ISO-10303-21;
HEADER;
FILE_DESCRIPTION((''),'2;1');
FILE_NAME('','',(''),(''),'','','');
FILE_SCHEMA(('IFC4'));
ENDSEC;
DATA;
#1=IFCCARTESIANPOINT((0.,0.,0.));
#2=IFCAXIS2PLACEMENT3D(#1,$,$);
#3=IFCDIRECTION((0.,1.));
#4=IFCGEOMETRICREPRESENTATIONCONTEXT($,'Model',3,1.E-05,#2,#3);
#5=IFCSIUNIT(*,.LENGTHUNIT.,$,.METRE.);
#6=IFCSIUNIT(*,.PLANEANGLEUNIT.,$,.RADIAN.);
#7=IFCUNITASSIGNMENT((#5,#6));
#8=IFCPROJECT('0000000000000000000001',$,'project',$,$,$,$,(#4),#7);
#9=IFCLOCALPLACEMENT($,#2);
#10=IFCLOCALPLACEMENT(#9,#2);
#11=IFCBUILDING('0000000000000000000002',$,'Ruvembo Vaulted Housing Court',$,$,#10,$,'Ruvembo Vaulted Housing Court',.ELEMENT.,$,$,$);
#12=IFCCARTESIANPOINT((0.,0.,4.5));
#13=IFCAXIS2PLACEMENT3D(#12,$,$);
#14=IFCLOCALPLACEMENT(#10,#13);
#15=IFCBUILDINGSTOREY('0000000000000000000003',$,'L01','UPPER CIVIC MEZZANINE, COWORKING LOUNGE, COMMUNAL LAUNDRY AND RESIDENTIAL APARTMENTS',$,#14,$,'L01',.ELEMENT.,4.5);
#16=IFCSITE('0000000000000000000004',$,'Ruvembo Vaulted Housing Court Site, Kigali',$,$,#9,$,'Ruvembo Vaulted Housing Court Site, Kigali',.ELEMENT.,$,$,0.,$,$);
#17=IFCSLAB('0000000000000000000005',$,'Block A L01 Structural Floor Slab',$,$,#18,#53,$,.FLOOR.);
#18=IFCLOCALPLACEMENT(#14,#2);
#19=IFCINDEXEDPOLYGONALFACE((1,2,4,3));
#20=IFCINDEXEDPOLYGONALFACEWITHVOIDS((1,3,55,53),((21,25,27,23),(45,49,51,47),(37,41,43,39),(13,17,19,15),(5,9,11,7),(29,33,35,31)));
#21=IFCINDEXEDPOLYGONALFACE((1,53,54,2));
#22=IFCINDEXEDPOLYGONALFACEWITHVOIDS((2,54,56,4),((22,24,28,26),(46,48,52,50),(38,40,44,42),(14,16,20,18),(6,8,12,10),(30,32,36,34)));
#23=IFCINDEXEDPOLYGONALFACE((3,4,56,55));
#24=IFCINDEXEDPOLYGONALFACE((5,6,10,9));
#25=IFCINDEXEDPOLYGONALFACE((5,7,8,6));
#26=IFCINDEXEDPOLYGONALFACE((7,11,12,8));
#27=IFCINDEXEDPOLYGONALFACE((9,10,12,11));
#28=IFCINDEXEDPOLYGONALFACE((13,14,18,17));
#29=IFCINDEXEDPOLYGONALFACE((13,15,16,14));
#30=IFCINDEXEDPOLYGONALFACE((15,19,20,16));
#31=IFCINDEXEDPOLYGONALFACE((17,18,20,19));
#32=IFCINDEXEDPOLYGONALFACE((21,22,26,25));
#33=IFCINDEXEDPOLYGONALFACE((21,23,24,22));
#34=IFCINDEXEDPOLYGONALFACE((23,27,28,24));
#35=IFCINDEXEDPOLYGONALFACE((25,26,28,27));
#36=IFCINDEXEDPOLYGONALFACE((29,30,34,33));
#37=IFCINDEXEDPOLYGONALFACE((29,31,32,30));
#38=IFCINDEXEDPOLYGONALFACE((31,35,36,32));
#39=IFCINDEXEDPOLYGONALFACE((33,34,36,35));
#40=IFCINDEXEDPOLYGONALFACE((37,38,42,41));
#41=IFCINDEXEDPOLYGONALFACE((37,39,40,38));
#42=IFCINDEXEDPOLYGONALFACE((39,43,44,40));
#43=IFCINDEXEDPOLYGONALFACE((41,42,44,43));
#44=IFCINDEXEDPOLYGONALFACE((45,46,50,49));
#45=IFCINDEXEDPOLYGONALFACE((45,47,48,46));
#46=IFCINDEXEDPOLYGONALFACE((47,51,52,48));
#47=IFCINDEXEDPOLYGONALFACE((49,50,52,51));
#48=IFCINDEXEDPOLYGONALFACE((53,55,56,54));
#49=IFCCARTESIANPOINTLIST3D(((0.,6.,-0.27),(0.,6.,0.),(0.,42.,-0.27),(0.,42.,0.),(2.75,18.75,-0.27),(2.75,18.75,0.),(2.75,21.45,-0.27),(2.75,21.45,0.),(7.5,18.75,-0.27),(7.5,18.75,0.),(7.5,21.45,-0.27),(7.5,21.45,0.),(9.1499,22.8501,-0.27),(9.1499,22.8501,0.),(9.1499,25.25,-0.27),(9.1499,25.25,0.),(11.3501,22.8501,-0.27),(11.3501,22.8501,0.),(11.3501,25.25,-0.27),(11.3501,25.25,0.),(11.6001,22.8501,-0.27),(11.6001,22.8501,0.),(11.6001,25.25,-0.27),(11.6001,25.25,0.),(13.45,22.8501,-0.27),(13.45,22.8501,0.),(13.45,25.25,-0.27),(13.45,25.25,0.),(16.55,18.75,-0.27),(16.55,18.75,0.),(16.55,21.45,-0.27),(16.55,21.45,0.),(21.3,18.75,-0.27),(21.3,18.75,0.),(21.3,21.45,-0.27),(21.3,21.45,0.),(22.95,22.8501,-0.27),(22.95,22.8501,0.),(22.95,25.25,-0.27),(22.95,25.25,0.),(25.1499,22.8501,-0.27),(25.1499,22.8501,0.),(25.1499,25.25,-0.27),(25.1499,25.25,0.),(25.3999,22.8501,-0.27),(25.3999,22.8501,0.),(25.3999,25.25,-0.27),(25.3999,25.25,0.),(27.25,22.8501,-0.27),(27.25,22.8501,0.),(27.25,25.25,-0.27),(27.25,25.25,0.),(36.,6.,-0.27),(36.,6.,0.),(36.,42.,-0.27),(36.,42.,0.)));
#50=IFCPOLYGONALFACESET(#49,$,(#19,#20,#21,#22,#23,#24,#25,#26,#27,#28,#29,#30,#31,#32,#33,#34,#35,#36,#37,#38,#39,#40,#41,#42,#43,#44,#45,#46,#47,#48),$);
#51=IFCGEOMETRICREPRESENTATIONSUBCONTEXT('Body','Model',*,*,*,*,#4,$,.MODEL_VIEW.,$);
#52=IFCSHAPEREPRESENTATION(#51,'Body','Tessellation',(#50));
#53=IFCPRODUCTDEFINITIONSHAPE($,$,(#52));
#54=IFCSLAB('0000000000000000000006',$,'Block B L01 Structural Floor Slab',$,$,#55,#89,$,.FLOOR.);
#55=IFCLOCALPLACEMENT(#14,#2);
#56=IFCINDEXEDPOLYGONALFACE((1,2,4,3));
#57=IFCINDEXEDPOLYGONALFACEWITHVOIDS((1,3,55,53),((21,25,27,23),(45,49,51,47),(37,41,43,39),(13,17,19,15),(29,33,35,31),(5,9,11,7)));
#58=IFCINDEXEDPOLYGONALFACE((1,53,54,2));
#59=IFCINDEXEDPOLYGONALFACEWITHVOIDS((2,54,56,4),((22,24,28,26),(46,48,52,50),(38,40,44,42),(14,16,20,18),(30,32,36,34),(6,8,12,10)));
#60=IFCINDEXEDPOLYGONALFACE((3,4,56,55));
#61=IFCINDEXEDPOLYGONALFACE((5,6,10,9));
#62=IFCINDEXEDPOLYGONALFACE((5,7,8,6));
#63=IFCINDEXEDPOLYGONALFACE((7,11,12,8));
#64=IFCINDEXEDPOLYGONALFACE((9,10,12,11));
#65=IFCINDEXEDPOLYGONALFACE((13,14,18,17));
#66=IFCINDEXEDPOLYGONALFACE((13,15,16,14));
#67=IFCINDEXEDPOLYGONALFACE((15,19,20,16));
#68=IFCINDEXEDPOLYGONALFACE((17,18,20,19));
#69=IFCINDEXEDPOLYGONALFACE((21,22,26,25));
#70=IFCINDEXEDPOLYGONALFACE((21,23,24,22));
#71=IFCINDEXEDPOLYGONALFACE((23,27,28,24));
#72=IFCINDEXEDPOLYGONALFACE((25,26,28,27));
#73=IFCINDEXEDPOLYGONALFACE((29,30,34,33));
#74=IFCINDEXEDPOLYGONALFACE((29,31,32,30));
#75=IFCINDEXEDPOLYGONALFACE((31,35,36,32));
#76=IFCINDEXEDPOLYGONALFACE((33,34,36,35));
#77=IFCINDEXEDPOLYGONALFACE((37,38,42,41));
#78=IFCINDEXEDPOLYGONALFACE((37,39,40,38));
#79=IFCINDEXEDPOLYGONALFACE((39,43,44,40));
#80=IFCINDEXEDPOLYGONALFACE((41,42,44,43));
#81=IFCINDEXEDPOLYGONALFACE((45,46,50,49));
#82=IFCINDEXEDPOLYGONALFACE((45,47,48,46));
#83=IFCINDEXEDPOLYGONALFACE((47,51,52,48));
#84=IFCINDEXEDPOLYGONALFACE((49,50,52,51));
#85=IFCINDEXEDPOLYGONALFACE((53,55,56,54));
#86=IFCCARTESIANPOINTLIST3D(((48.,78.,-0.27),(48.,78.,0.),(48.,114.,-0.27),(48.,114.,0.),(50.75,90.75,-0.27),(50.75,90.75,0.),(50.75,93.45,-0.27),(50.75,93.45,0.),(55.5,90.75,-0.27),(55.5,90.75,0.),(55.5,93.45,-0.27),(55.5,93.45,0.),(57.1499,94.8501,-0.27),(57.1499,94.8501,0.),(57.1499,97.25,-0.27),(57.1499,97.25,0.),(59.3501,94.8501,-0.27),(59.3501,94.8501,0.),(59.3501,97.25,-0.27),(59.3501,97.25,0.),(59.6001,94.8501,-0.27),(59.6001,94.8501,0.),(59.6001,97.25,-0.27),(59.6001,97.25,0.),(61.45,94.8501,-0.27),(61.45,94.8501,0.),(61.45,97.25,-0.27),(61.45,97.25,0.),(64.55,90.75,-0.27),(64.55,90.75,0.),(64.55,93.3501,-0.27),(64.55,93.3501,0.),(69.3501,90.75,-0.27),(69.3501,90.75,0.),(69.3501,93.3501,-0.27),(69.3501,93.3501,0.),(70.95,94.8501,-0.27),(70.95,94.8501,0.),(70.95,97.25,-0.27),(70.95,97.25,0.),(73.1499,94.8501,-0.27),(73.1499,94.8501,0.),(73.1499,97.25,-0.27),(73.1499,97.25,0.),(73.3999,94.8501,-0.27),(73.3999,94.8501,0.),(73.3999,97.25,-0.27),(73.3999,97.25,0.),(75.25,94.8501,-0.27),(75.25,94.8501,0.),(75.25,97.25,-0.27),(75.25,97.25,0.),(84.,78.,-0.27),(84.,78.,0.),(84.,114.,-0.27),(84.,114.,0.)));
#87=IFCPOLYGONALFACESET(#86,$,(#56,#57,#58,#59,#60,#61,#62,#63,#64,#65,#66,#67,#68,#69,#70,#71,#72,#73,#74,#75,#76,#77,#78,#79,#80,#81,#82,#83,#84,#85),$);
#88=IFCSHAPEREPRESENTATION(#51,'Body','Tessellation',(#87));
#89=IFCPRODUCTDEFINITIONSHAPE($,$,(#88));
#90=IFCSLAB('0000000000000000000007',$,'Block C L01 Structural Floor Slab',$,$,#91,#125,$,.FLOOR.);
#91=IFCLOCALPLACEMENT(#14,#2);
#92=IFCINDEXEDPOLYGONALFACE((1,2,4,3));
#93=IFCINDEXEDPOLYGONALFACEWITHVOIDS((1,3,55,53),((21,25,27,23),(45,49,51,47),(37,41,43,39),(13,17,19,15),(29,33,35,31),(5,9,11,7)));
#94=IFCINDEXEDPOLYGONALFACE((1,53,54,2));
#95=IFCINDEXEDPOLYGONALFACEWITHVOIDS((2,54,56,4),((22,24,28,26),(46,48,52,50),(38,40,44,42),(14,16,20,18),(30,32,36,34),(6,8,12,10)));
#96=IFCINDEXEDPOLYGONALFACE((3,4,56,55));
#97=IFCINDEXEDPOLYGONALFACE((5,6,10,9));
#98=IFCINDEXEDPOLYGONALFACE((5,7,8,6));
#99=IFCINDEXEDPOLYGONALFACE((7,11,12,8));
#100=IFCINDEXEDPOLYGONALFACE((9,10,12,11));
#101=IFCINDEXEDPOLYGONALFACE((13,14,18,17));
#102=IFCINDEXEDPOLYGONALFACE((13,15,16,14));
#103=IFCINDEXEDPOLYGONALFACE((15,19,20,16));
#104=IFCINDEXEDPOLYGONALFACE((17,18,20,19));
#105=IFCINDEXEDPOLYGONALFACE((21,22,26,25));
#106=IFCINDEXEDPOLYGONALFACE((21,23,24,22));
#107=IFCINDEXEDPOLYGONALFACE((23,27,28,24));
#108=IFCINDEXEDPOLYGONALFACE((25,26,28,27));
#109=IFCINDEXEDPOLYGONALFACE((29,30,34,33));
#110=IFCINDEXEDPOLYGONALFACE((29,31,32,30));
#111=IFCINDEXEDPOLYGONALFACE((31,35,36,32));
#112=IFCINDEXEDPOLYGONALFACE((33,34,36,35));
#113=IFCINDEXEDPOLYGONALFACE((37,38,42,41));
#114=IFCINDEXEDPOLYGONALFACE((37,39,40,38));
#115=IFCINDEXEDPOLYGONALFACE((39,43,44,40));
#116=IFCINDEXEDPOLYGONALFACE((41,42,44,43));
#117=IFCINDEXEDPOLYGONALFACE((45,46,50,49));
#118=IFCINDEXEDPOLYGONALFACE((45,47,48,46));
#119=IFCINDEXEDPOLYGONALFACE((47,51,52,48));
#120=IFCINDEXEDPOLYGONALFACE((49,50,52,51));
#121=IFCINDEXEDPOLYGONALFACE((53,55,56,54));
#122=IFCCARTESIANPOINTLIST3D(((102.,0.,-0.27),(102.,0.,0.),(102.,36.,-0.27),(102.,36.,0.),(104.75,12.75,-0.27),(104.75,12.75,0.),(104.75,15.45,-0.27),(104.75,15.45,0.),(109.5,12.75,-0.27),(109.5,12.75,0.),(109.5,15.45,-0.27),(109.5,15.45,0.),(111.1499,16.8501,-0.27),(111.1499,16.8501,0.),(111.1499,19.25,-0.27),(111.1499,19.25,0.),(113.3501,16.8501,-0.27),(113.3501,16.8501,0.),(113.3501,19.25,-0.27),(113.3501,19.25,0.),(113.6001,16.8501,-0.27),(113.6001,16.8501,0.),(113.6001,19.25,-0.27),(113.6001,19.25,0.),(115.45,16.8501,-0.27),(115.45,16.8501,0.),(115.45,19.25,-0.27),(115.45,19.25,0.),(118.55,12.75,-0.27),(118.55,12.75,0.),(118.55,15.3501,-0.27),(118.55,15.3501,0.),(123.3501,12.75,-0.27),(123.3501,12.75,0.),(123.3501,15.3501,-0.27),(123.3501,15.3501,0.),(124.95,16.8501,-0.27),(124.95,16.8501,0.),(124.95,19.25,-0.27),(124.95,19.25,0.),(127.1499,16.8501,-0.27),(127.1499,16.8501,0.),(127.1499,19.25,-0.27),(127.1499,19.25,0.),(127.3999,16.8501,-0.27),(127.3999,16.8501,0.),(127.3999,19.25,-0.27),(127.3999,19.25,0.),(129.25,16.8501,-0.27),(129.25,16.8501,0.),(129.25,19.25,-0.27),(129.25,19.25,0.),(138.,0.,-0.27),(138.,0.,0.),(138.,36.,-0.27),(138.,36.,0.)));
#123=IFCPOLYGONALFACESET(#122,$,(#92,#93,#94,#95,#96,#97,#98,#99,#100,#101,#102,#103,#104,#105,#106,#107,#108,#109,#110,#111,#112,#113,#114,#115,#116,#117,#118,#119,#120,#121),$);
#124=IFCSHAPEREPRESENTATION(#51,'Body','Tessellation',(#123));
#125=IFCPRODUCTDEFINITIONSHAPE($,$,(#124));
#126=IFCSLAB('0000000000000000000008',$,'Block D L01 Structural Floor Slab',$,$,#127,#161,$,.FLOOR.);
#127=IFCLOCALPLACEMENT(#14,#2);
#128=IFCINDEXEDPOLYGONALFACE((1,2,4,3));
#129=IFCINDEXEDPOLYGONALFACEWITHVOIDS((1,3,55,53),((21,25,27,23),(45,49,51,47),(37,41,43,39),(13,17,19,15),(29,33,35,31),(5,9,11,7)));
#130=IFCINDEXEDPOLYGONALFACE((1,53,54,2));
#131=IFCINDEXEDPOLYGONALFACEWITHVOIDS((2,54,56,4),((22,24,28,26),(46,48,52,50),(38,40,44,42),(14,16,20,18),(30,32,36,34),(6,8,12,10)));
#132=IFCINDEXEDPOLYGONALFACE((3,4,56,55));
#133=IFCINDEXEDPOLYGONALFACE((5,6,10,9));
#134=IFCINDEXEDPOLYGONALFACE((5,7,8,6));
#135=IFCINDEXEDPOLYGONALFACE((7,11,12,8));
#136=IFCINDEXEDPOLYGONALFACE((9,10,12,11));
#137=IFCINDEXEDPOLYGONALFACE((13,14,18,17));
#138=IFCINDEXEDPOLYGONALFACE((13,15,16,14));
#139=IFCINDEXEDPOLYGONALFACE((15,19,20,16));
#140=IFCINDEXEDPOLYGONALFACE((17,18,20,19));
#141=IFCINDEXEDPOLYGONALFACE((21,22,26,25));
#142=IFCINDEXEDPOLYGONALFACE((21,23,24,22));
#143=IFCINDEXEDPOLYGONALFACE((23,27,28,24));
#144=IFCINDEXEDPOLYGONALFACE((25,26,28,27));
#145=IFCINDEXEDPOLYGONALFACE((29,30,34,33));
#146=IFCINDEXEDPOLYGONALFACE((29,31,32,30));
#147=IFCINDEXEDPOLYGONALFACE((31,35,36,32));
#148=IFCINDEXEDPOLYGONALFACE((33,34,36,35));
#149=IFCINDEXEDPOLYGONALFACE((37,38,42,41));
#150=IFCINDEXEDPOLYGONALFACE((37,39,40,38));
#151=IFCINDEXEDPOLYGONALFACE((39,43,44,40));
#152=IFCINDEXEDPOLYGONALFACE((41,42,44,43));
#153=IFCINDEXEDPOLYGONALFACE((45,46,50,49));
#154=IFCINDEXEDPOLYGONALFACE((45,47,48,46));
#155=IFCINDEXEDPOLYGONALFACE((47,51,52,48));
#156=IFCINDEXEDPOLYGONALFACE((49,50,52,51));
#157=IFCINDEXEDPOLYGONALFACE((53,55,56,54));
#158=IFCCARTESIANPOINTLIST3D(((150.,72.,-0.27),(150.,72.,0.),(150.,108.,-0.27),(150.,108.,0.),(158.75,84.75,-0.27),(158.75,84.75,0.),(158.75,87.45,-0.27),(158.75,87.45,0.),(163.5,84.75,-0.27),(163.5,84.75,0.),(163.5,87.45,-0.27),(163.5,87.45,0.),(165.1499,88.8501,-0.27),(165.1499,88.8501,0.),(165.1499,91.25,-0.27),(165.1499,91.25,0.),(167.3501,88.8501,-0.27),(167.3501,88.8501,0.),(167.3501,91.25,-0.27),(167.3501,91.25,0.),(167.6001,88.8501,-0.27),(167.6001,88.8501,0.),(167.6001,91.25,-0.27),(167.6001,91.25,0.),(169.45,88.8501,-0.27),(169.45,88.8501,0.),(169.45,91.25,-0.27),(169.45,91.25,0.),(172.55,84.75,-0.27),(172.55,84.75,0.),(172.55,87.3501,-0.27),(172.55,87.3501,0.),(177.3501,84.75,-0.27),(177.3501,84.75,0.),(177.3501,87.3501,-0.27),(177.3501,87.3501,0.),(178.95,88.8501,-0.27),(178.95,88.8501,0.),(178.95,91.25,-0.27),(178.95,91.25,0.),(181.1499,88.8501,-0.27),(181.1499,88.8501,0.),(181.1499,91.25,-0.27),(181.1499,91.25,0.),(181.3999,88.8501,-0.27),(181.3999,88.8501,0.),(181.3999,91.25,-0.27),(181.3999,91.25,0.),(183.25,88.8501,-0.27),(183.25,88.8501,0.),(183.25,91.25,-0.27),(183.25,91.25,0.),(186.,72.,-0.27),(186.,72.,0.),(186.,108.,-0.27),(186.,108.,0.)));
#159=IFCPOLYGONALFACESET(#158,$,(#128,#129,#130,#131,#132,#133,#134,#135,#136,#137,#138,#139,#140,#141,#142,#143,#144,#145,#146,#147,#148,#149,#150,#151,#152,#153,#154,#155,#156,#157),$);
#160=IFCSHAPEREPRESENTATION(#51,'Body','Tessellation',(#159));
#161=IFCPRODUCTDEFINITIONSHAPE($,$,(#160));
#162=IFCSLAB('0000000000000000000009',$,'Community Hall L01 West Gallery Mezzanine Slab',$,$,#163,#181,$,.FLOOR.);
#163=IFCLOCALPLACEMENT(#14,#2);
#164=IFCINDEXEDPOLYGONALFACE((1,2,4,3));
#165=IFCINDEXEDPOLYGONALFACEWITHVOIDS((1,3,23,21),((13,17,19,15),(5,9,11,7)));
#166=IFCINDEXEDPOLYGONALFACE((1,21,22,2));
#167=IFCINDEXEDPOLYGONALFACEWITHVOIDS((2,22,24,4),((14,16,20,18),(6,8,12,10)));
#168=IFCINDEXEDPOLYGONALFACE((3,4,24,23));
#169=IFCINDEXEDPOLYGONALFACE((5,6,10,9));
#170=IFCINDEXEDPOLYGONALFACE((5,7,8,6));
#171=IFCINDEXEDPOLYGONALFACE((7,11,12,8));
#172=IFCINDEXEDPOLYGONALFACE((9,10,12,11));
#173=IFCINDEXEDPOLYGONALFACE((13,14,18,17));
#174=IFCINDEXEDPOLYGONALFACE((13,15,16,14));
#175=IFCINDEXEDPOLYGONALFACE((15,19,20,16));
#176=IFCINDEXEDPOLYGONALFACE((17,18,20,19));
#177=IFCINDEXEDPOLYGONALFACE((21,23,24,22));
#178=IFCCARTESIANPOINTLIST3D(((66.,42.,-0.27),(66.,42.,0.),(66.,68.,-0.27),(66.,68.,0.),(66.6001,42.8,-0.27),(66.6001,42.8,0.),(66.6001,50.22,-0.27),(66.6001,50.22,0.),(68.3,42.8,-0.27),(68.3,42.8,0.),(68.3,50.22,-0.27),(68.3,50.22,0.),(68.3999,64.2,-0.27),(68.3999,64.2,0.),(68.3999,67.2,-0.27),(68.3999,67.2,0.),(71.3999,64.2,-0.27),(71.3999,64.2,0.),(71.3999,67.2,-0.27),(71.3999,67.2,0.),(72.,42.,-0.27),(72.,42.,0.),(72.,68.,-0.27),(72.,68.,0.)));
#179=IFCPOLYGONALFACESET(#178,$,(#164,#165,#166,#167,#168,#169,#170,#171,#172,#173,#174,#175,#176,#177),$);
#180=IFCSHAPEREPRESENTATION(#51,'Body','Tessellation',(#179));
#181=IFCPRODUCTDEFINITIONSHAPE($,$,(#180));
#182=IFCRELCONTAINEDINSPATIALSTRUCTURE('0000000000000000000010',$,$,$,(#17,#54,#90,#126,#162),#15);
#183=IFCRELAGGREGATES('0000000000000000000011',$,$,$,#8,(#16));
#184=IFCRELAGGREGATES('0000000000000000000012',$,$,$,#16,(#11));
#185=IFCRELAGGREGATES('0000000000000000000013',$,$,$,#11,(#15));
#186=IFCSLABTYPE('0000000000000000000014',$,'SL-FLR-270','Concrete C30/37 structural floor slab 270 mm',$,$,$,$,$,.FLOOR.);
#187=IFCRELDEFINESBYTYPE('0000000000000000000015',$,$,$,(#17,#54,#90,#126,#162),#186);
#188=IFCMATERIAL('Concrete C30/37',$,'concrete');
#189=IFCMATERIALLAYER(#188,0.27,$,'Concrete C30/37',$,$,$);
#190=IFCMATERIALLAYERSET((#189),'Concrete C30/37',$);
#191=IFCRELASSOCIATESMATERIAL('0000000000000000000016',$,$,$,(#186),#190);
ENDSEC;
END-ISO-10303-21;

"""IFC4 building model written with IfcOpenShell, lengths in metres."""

from ifc_helpers import new_model, si_unit, direction, frame, origin, place, context, subcontext, project, spatial, polyline, outline, extrude, material, layer, layer_set, type_object, element, save


model = new_model("IFC4")

# Units and contexts
model_context = context("Model", 3, precision=1e-05, world=origin(), true_north=direction((0.0, 1.0)))
body_context = subcontext(model_context, "Body", "Model", "MODEL_VIEW")
ifc_project = project(units=[si_unit("LENGTHUNIT", "METRE"), si_unit("PLANEANGLEUNIT", "RADIAN")], contexts=[model_context])

# Site, building, storey
site_placement = place(None, origin())
site = spatial("IfcSite", under=ifc_project, at=site_placement, Name="Ruvembo Vaulted Housing Court Site, Kigali", LongName="Ruvembo Vaulted Housing Court Site, Kigali", CompositionType="ELEMENT", RefElevation=0.0)
building_placement = place(site_placement, origin())
building = spatial("IfcBuilding", under=site, at=building_placement, Name="Ruvembo Vaulted Housing Court", LongName="Ruvembo Vaulted Housing Court", CompositionType="ELEMENT")
storey_placement = place(building_placement, frame((0.0, 0.0, 4.5)))
storey = spatial("IfcBuildingStorey", under=building, at=storey_placement, Name="L01", Description="UPPER CIVIC MEZZANINE, COWORKING LOUNGE, COMMUNAL LAUNDRY AND RESIDENTIAL APARTMENTS", LongName="L01", CompositionType="ELEMENT", Elevation=4.5)

# Slabs
ifc_material_1 = material(Name="Concrete C30/37", Category="concrete")
ifc_layer_1 = layer(ifc_material_1, 0.27, Name="Concrete C30/37")
ifc_layer_set_1 = layer_set([ifc_layer_1], Name="Concrete C30/37")
slab_type_1 = type_object("IfcSlabType", Name="SL-FLR-270", Description="Concrete C30/37 structural floor slab 270 mm", PredefinedType="FLOOR", material=ifc_layer_set_1)
slab_1_placement = place(storey_placement, frame((0.0, 0.0, -0.27)))
element("IfcSlab", 1, at=slab_1_placement, inside=storey, type_object=slab_type_1, Name="Block A L01 Structural Floor Slab", PredefinedType="FLOOR", context=body_context, shape_type="SweptSolid", body=[
    extrude(outline(polyline([(36.0, 6.0), (36.0, 42.0), (0.0, 42.0), (0.0, 6.0), (36.0, 6.0)]), holes=[polyline([(7.5, 21.45), (2.75, 21.45), (2.75, 18.75), (7.5, 18.75), (7.5, 21.45)]), polyline([(9.1499, 22.8501), (11.3501, 22.8501), (11.3501, 25.25), (9.1499, 25.25), (9.1499, 22.8501)]), polyline([(11.6001, 22.8501), (13.45, 22.8501), (13.45, 25.25), (11.6001, 25.25), (11.6001, 22.8501)]), polyline([(21.3, 21.45), (16.55, 21.45), (16.55, 18.75), (21.3, 18.75), (21.3, 21.45)]), polyline([(22.95, 22.8501), (25.1499, 22.8501), (25.1499, 25.25), (22.95, 25.25), (22.95, 22.8501)]), polyline([(25.3999, 22.8501), (27.25, 22.8501), (27.25, 25.25), (25.3999, 25.25), (25.3999, 22.8501)])]), origin(), (0.0, 0.0, 1.0), 0.27),
])
slab_2_placement = place(storey_placement, frame((0.0, 0.0, -0.27)))
element("IfcSlab", 2, at=slab_2_placement, inside=storey, type_object=slab_type_1, Name="Block B L01 Structural Floor Slab", PredefinedType="FLOOR", context=body_context, shape_type="SweptSolid", body=[
    extrude(outline(polyline([(84.0, 78.0), (84.0, 114.0), (48.0, 114.0), (48.0, 78.0), (84.0, 78.0)]), holes=[polyline([(55.5, 93.45), (50.75, 93.45), (50.75, 90.75), (55.5, 90.75), (55.5, 93.45)]), polyline([(57.1499, 94.8501), (59.3501, 94.8501), (59.3501, 97.25), (57.1499, 97.25), (57.1499, 94.8501)]), polyline([(59.6001, 94.8501), (61.45, 94.8501), (61.45, 97.25), (59.6001, 97.25), (59.6001, 94.8501)]), polyline([(69.3501, 93.3501), (64.55, 93.3501), (64.55, 90.75), (69.3501, 90.75), (69.3501, 93.3501)]), polyline([(70.95, 94.8501), (73.1499, 94.8501), (73.1499, 97.25), (70.95, 97.25), (70.95, 94.8501)]), polyline([(73.3999, 94.8501), (75.25, 94.8501), (75.25, 97.25), (73.3999, 97.25), (73.3999, 94.8501)])]), origin(), (0.0, 0.0, 1.0), 0.27),
])
slab_3_placement = place(storey_placement, frame((0.0, 0.0, -0.27)))
element("IfcSlab", 3, at=slab_3_placement, inside=storey, type_object=slab_type_1, Name="Block C L01 Structural Floor Slab", PredefinedType="FLOOR", context=body_context, shape_type="SweptSolid", body=[
    extrude(outline(polyline([(138.0, 0.0), (138.0, 36.0), (102.0, 36.0), (102.0, 0.0), (138.0, 0.0)]), holes=[polyline([(109.5, 15.45), (104.75, 15.45), (104.75, 12.75), (109.5, 12.75), (109.5, 15.45)]), polyline([(111.1499, 16.8501), (113.3501, 16.8501), (113.3501, 19.25), (111.1499, 19.25), (111.1499, 16.8501)]), polyline([(113.6001, 16.8501), (115.45, 16.8501), (115.45, 19.25), (113.6001, 19.25), (113.6001, 16.8501)]), polyline([(123.3501, 15.3501), (118.55, 15.3501), (118.55, 12.75), (123.3501, 12.75), (123.3501, 15.3501)]), polyline([(124.95, 16.8501), (127.1499, 16.8501), (127.1499, 19.25), (124.95, 19.25), (124.95, 16.8501)]), polyline([(127.3999, 16.8501), (129.25, 16.8501), (129.25, 19.25), (127.3999, 19.25), (127.3999, 16.8501)])]), origin(), (0.0, 0.0, 1.0), 0.27),
])
slab_4_placement = place(storey_placement, frame((0.0, 0.0, -0.27)))
element("IfcSlab", 4, at=slab_4_placement, inside=storey, type_object=slab_type_1, Name="Block D L01 Structural Floor Slab", PredefinedType="FLOOR", context=body_context, shape_type="SweptSolid", body=[
    extrude(outline(polyline([(186.0, 72.0), (186.0, 108.0), (150.0, 108.0), (150.0, 72.0), (186.0, 72.0)]), holes=[polyline([(163.5, 87.45), (158.75, 87.45), (158.75, 84.75), (163.5, 84.75), (163.5, 87.45)]), polyline([(165.1499, 88.8501), (167.3501, 88.8501), (167.3501, 91.25), (165.1499, 91.25), (165.1499, 88.8501)]), polyline([(167.6001, 88.8501), (169.45, 88.8501), (169.45, 91.25), (167.6001, 91.25), (167.6001, 88.8501)]), polyline([(177.3501, 87.3501), (172.55, 87.3501), (172.55, 84.75), (177.3501, 84.75), (177.3501, 87.3501)]), polyline([(178.95, 88.8501), (181.1499, 88.8501), (181.1499, 91.25), (178.95, 91.25), (178.95, 88.8501)]), polyline([(181.3999, 88.8501), (183.25, 88.8501), (183.25, 91.25), (181.3999, 91.25), (181.3999, 88.8501)])]), origin(), (0.0, 0.0, 1.0), 0.27),
])
slab_5_placement = place(storey_placement, frame((0.0, 0.0, -0.27)))
element("IfcSlab", 5, at=slab_5_placement, inside=storey, type_object=slab_type_1, Name="Community Hall L01 West Gallery Mezzanine Slab", PredefinedType="FLOOR", context=body_context, shape_type="SweptSolid", body=[
    extrude(outline(polyline([(66.0, 42.0), (72.0, 42.0), (72.0, 68.0), (66.0, 68.0), (66.0, 42.0)]), holes=[polyline([(68.3999, 64.2), (71.3999, 64.2), (71.3999, 67.2), (68.3999, 67.2), (68.3999, 64.2)]), polyline([(66.6001, 42.8), (68.3, 42.8), (68.3, 50.22), (66.6001, 50.22), (66.6001, 42.8)])]), origin(), (0.0, 0.0, 1.0), 0.27),
])

save(model, "model.ifc")
